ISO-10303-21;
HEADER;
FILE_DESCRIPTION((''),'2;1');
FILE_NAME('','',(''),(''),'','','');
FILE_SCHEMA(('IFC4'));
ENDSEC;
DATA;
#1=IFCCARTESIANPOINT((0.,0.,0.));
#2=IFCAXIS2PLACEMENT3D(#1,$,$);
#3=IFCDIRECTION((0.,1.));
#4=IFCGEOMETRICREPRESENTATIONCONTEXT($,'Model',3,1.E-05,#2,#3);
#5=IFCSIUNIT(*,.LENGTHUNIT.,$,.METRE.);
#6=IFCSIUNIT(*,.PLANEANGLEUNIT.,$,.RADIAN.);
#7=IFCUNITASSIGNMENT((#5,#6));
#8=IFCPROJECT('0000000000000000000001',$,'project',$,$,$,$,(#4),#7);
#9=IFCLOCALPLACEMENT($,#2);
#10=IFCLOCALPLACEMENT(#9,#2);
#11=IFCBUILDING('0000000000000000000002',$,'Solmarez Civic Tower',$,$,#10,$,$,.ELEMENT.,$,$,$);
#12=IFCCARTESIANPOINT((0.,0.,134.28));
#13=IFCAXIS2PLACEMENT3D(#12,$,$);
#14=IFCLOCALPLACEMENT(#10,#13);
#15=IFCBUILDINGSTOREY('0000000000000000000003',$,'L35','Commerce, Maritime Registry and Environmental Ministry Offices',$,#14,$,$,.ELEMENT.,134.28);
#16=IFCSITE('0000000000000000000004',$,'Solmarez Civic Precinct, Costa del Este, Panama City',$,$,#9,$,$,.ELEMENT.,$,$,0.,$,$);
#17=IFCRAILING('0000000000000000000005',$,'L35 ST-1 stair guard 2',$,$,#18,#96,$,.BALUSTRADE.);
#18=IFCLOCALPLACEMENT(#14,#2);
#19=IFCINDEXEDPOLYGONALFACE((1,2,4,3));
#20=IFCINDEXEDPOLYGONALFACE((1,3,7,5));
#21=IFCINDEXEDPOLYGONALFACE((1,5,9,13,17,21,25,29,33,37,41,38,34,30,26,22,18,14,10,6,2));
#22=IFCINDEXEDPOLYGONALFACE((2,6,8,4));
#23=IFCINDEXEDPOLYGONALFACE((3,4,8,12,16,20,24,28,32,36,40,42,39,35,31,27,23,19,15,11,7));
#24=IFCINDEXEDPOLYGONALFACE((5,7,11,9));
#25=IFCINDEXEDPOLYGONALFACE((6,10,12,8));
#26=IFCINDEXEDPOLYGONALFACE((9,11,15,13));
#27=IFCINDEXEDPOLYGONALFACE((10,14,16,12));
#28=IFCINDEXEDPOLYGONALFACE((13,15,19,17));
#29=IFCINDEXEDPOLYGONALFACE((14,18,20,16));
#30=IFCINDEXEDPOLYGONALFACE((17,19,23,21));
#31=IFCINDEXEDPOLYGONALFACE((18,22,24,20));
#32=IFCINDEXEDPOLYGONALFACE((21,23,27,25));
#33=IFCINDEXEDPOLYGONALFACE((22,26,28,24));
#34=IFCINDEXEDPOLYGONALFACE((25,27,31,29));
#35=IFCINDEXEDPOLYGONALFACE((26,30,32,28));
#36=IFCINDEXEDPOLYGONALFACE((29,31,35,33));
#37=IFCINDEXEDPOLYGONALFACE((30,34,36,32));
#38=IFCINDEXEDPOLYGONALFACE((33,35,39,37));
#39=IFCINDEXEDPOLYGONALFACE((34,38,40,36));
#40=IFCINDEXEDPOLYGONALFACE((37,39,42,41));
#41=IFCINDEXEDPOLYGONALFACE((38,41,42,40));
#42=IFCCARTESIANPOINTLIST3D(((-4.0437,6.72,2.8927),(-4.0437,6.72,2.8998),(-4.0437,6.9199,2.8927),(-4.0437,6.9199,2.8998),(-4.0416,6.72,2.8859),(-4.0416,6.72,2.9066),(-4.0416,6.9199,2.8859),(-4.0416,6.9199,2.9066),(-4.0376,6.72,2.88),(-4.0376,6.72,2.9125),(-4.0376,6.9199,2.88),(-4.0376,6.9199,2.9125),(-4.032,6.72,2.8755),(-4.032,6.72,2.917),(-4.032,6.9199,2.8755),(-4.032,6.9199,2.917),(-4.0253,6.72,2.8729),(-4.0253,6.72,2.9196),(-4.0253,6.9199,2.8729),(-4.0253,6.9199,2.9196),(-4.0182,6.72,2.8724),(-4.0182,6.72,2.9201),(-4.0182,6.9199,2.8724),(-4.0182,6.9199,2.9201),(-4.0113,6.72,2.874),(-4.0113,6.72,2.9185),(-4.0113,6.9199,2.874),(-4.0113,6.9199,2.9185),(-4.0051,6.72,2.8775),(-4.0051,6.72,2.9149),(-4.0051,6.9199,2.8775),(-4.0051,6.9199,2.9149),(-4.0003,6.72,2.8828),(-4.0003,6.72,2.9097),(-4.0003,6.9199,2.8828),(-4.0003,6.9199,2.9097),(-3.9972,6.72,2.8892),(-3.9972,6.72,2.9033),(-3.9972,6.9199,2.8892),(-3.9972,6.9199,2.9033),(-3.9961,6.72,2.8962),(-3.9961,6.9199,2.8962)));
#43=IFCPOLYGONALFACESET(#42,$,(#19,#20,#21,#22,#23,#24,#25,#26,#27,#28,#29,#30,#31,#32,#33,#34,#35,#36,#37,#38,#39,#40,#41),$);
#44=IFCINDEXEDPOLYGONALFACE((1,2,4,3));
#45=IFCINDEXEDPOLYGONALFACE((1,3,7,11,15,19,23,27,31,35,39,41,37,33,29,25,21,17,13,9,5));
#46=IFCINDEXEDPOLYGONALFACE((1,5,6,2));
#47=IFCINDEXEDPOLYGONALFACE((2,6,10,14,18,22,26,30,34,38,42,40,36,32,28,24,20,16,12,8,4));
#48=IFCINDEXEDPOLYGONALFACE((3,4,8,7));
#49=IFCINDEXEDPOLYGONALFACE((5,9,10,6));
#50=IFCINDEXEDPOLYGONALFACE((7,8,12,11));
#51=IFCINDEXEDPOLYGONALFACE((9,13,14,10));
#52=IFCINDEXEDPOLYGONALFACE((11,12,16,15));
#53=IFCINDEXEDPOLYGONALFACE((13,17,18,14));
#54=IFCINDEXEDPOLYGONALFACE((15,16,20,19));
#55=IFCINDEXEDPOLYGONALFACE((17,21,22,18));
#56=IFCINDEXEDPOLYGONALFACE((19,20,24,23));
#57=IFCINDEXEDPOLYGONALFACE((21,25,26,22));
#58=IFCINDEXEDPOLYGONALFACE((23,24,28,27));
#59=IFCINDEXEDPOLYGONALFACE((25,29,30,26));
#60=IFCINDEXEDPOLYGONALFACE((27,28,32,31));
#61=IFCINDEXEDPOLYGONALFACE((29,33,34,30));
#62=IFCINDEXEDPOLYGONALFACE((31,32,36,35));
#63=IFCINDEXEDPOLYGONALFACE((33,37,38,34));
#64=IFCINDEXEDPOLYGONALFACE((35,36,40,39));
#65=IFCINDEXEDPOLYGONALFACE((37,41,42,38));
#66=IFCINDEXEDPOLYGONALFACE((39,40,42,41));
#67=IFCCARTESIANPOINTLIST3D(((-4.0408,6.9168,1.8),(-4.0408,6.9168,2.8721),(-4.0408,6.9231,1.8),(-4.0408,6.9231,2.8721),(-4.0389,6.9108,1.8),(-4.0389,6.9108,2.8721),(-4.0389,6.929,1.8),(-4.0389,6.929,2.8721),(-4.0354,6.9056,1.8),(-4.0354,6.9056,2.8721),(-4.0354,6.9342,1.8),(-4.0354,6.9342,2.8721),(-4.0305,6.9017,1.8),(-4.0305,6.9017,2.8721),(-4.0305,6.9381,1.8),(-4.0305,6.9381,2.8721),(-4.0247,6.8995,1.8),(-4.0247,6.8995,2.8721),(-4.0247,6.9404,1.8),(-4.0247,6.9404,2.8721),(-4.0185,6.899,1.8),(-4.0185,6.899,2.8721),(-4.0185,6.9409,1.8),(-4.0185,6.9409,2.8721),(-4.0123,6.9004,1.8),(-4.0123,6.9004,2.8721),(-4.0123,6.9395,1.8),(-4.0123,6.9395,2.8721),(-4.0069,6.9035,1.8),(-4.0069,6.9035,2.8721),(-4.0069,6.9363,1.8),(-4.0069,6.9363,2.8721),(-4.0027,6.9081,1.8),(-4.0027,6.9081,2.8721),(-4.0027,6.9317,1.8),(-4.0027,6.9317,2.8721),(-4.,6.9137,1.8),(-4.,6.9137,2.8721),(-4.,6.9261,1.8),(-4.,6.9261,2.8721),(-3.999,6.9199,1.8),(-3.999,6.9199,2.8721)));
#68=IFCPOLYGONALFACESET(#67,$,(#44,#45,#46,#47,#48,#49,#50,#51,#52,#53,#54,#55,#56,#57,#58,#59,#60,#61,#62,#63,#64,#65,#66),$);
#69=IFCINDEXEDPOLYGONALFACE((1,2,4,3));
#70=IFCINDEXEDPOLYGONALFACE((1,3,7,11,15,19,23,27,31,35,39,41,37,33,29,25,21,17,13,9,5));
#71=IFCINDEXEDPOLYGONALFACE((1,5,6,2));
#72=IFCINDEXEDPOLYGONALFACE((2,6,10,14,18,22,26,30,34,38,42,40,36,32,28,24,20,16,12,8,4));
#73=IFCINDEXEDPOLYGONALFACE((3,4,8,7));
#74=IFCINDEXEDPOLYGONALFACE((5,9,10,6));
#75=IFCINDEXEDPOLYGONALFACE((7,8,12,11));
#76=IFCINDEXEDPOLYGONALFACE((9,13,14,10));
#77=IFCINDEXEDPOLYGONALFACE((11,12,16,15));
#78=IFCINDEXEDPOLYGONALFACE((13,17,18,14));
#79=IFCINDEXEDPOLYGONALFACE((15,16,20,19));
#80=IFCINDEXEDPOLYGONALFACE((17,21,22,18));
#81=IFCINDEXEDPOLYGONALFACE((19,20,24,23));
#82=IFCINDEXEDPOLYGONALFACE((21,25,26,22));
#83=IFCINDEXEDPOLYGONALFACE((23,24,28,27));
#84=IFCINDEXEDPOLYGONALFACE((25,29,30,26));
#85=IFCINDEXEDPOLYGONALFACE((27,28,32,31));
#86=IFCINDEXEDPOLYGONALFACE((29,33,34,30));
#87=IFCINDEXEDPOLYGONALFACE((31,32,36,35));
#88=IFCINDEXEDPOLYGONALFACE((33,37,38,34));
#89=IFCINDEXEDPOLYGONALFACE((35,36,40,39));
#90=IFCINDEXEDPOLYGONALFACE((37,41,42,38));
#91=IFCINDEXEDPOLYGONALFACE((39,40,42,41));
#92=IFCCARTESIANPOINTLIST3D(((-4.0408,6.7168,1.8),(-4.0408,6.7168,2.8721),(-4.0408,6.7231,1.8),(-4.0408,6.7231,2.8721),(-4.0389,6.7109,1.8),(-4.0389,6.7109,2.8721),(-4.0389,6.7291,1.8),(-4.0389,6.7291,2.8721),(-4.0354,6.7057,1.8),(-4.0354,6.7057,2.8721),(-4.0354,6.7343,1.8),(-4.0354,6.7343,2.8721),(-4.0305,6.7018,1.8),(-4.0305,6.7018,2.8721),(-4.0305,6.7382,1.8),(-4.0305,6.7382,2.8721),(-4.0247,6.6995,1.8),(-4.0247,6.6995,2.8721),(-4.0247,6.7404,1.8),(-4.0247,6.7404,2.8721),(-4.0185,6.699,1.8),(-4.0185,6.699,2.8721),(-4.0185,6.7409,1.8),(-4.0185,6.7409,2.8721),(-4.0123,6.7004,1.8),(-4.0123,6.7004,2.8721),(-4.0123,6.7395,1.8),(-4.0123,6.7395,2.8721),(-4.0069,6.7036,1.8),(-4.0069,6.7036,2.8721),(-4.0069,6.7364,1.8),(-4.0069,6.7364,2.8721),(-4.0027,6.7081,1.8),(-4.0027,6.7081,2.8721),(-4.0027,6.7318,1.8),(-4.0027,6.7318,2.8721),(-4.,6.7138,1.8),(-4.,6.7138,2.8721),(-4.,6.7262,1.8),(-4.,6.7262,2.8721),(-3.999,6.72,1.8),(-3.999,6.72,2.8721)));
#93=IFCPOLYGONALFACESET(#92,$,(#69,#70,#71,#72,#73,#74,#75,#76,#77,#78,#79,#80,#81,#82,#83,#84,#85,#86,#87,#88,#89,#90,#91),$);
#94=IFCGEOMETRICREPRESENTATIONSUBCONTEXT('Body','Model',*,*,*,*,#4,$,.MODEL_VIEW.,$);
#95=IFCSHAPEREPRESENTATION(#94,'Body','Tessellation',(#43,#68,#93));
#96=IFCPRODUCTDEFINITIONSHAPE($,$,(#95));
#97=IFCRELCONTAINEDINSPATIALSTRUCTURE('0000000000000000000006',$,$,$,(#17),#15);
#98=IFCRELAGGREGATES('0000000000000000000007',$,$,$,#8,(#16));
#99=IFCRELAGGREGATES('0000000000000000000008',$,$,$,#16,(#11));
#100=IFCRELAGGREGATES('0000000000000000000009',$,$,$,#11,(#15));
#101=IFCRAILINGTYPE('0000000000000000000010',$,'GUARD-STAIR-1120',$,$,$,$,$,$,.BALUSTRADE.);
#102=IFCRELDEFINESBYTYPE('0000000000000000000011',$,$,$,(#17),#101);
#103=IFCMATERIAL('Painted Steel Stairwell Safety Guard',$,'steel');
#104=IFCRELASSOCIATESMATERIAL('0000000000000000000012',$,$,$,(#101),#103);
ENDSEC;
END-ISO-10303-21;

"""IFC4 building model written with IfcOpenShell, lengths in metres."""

from ifc_helpers import new_model, si_unit, direction, frame, origin, origin_2d, place, context, subcontext, project, spatial, circle, extrude, material, type_object, element, save


model = new_model("IFC4")

# Units and contexts
model_context = context("Model", 3, precision=1e-05, world=origin(), true_north=direction((0.0, 1.0)))
body_context = subcontext(model_context, "Body", "Model", "MODEL_VIEW")
ifc_project = project(units=[si_unit("LENGTHUNIT", "METRE"), si_unit("PLANEANGLEUNIT", "RADIAN")], contexts=[model_context])

# Site, building, storey
site_placement = place(None, origin())
site = spatial("IfcSite", under=ifc_project, at=site_placement, Name="Solmarez Civic Precinct, Costa del Este, Panama City", CompositionType="ELEMENT", RefElevation=0.0)
building_placement = place(site_placement, origin())
building = spatial("IfcBuilding", under=site, at=building_placement, Name="Solmarez Civic Tower", CompositionType="ELEMENT")
storey_placement = place(building_placement, frame((0.0, 0.0, 134.28)))
storey = spatial("IfcBuildingStorey", under=building, at=storey_placement, Name="L35", Description="Commerce, Maritime Registry and Environmental Ministry Offices", CompositionType="ELEMENT", Elevation=134.28)

# Railing
ifc_material_1 = material(Name="Painted Steel Stairwell Safety Guard", Category="steel")
railing_type_1 = type_object("IfcRailingType", Name="GUARD-STAIR-1120", PredefinedType="BALUSTRADE", material=ifc_material_1)
railing_1_placement = place(storey_placement, frame((-4.02, 6.9199, 1.8)))
element("IfcRailing", 1, at=railing_1_placement, inside=storey, type_object=railing_type_1, Name="L35 ST-1 stair guard 2", PredefinedType="BALUSTRADE", context=body_context, shape_type="SweptSolid", body=[
    extrude(circle(Radius=0.0239, at=origin_2d()), frame((0.0, 0.0, 1.0962), z_axis=(0.0, -1.0, 0.0), x_axis=(1.0, 0.0, 0.0)), (0.0, 0.0, 1.0), 0.2),
    extrude(circle(Radius=0.021, at=origin_2d()), origin(), (0.0, 0.0, 1.0), 1.072),
    extrude(circle(Radius=0.021, at=origin_2d()), frame((0.0, -0.2, 0.0)), (0.0, 0.0, 1.0), 1.072),
])

save(model, "model.ifc")
